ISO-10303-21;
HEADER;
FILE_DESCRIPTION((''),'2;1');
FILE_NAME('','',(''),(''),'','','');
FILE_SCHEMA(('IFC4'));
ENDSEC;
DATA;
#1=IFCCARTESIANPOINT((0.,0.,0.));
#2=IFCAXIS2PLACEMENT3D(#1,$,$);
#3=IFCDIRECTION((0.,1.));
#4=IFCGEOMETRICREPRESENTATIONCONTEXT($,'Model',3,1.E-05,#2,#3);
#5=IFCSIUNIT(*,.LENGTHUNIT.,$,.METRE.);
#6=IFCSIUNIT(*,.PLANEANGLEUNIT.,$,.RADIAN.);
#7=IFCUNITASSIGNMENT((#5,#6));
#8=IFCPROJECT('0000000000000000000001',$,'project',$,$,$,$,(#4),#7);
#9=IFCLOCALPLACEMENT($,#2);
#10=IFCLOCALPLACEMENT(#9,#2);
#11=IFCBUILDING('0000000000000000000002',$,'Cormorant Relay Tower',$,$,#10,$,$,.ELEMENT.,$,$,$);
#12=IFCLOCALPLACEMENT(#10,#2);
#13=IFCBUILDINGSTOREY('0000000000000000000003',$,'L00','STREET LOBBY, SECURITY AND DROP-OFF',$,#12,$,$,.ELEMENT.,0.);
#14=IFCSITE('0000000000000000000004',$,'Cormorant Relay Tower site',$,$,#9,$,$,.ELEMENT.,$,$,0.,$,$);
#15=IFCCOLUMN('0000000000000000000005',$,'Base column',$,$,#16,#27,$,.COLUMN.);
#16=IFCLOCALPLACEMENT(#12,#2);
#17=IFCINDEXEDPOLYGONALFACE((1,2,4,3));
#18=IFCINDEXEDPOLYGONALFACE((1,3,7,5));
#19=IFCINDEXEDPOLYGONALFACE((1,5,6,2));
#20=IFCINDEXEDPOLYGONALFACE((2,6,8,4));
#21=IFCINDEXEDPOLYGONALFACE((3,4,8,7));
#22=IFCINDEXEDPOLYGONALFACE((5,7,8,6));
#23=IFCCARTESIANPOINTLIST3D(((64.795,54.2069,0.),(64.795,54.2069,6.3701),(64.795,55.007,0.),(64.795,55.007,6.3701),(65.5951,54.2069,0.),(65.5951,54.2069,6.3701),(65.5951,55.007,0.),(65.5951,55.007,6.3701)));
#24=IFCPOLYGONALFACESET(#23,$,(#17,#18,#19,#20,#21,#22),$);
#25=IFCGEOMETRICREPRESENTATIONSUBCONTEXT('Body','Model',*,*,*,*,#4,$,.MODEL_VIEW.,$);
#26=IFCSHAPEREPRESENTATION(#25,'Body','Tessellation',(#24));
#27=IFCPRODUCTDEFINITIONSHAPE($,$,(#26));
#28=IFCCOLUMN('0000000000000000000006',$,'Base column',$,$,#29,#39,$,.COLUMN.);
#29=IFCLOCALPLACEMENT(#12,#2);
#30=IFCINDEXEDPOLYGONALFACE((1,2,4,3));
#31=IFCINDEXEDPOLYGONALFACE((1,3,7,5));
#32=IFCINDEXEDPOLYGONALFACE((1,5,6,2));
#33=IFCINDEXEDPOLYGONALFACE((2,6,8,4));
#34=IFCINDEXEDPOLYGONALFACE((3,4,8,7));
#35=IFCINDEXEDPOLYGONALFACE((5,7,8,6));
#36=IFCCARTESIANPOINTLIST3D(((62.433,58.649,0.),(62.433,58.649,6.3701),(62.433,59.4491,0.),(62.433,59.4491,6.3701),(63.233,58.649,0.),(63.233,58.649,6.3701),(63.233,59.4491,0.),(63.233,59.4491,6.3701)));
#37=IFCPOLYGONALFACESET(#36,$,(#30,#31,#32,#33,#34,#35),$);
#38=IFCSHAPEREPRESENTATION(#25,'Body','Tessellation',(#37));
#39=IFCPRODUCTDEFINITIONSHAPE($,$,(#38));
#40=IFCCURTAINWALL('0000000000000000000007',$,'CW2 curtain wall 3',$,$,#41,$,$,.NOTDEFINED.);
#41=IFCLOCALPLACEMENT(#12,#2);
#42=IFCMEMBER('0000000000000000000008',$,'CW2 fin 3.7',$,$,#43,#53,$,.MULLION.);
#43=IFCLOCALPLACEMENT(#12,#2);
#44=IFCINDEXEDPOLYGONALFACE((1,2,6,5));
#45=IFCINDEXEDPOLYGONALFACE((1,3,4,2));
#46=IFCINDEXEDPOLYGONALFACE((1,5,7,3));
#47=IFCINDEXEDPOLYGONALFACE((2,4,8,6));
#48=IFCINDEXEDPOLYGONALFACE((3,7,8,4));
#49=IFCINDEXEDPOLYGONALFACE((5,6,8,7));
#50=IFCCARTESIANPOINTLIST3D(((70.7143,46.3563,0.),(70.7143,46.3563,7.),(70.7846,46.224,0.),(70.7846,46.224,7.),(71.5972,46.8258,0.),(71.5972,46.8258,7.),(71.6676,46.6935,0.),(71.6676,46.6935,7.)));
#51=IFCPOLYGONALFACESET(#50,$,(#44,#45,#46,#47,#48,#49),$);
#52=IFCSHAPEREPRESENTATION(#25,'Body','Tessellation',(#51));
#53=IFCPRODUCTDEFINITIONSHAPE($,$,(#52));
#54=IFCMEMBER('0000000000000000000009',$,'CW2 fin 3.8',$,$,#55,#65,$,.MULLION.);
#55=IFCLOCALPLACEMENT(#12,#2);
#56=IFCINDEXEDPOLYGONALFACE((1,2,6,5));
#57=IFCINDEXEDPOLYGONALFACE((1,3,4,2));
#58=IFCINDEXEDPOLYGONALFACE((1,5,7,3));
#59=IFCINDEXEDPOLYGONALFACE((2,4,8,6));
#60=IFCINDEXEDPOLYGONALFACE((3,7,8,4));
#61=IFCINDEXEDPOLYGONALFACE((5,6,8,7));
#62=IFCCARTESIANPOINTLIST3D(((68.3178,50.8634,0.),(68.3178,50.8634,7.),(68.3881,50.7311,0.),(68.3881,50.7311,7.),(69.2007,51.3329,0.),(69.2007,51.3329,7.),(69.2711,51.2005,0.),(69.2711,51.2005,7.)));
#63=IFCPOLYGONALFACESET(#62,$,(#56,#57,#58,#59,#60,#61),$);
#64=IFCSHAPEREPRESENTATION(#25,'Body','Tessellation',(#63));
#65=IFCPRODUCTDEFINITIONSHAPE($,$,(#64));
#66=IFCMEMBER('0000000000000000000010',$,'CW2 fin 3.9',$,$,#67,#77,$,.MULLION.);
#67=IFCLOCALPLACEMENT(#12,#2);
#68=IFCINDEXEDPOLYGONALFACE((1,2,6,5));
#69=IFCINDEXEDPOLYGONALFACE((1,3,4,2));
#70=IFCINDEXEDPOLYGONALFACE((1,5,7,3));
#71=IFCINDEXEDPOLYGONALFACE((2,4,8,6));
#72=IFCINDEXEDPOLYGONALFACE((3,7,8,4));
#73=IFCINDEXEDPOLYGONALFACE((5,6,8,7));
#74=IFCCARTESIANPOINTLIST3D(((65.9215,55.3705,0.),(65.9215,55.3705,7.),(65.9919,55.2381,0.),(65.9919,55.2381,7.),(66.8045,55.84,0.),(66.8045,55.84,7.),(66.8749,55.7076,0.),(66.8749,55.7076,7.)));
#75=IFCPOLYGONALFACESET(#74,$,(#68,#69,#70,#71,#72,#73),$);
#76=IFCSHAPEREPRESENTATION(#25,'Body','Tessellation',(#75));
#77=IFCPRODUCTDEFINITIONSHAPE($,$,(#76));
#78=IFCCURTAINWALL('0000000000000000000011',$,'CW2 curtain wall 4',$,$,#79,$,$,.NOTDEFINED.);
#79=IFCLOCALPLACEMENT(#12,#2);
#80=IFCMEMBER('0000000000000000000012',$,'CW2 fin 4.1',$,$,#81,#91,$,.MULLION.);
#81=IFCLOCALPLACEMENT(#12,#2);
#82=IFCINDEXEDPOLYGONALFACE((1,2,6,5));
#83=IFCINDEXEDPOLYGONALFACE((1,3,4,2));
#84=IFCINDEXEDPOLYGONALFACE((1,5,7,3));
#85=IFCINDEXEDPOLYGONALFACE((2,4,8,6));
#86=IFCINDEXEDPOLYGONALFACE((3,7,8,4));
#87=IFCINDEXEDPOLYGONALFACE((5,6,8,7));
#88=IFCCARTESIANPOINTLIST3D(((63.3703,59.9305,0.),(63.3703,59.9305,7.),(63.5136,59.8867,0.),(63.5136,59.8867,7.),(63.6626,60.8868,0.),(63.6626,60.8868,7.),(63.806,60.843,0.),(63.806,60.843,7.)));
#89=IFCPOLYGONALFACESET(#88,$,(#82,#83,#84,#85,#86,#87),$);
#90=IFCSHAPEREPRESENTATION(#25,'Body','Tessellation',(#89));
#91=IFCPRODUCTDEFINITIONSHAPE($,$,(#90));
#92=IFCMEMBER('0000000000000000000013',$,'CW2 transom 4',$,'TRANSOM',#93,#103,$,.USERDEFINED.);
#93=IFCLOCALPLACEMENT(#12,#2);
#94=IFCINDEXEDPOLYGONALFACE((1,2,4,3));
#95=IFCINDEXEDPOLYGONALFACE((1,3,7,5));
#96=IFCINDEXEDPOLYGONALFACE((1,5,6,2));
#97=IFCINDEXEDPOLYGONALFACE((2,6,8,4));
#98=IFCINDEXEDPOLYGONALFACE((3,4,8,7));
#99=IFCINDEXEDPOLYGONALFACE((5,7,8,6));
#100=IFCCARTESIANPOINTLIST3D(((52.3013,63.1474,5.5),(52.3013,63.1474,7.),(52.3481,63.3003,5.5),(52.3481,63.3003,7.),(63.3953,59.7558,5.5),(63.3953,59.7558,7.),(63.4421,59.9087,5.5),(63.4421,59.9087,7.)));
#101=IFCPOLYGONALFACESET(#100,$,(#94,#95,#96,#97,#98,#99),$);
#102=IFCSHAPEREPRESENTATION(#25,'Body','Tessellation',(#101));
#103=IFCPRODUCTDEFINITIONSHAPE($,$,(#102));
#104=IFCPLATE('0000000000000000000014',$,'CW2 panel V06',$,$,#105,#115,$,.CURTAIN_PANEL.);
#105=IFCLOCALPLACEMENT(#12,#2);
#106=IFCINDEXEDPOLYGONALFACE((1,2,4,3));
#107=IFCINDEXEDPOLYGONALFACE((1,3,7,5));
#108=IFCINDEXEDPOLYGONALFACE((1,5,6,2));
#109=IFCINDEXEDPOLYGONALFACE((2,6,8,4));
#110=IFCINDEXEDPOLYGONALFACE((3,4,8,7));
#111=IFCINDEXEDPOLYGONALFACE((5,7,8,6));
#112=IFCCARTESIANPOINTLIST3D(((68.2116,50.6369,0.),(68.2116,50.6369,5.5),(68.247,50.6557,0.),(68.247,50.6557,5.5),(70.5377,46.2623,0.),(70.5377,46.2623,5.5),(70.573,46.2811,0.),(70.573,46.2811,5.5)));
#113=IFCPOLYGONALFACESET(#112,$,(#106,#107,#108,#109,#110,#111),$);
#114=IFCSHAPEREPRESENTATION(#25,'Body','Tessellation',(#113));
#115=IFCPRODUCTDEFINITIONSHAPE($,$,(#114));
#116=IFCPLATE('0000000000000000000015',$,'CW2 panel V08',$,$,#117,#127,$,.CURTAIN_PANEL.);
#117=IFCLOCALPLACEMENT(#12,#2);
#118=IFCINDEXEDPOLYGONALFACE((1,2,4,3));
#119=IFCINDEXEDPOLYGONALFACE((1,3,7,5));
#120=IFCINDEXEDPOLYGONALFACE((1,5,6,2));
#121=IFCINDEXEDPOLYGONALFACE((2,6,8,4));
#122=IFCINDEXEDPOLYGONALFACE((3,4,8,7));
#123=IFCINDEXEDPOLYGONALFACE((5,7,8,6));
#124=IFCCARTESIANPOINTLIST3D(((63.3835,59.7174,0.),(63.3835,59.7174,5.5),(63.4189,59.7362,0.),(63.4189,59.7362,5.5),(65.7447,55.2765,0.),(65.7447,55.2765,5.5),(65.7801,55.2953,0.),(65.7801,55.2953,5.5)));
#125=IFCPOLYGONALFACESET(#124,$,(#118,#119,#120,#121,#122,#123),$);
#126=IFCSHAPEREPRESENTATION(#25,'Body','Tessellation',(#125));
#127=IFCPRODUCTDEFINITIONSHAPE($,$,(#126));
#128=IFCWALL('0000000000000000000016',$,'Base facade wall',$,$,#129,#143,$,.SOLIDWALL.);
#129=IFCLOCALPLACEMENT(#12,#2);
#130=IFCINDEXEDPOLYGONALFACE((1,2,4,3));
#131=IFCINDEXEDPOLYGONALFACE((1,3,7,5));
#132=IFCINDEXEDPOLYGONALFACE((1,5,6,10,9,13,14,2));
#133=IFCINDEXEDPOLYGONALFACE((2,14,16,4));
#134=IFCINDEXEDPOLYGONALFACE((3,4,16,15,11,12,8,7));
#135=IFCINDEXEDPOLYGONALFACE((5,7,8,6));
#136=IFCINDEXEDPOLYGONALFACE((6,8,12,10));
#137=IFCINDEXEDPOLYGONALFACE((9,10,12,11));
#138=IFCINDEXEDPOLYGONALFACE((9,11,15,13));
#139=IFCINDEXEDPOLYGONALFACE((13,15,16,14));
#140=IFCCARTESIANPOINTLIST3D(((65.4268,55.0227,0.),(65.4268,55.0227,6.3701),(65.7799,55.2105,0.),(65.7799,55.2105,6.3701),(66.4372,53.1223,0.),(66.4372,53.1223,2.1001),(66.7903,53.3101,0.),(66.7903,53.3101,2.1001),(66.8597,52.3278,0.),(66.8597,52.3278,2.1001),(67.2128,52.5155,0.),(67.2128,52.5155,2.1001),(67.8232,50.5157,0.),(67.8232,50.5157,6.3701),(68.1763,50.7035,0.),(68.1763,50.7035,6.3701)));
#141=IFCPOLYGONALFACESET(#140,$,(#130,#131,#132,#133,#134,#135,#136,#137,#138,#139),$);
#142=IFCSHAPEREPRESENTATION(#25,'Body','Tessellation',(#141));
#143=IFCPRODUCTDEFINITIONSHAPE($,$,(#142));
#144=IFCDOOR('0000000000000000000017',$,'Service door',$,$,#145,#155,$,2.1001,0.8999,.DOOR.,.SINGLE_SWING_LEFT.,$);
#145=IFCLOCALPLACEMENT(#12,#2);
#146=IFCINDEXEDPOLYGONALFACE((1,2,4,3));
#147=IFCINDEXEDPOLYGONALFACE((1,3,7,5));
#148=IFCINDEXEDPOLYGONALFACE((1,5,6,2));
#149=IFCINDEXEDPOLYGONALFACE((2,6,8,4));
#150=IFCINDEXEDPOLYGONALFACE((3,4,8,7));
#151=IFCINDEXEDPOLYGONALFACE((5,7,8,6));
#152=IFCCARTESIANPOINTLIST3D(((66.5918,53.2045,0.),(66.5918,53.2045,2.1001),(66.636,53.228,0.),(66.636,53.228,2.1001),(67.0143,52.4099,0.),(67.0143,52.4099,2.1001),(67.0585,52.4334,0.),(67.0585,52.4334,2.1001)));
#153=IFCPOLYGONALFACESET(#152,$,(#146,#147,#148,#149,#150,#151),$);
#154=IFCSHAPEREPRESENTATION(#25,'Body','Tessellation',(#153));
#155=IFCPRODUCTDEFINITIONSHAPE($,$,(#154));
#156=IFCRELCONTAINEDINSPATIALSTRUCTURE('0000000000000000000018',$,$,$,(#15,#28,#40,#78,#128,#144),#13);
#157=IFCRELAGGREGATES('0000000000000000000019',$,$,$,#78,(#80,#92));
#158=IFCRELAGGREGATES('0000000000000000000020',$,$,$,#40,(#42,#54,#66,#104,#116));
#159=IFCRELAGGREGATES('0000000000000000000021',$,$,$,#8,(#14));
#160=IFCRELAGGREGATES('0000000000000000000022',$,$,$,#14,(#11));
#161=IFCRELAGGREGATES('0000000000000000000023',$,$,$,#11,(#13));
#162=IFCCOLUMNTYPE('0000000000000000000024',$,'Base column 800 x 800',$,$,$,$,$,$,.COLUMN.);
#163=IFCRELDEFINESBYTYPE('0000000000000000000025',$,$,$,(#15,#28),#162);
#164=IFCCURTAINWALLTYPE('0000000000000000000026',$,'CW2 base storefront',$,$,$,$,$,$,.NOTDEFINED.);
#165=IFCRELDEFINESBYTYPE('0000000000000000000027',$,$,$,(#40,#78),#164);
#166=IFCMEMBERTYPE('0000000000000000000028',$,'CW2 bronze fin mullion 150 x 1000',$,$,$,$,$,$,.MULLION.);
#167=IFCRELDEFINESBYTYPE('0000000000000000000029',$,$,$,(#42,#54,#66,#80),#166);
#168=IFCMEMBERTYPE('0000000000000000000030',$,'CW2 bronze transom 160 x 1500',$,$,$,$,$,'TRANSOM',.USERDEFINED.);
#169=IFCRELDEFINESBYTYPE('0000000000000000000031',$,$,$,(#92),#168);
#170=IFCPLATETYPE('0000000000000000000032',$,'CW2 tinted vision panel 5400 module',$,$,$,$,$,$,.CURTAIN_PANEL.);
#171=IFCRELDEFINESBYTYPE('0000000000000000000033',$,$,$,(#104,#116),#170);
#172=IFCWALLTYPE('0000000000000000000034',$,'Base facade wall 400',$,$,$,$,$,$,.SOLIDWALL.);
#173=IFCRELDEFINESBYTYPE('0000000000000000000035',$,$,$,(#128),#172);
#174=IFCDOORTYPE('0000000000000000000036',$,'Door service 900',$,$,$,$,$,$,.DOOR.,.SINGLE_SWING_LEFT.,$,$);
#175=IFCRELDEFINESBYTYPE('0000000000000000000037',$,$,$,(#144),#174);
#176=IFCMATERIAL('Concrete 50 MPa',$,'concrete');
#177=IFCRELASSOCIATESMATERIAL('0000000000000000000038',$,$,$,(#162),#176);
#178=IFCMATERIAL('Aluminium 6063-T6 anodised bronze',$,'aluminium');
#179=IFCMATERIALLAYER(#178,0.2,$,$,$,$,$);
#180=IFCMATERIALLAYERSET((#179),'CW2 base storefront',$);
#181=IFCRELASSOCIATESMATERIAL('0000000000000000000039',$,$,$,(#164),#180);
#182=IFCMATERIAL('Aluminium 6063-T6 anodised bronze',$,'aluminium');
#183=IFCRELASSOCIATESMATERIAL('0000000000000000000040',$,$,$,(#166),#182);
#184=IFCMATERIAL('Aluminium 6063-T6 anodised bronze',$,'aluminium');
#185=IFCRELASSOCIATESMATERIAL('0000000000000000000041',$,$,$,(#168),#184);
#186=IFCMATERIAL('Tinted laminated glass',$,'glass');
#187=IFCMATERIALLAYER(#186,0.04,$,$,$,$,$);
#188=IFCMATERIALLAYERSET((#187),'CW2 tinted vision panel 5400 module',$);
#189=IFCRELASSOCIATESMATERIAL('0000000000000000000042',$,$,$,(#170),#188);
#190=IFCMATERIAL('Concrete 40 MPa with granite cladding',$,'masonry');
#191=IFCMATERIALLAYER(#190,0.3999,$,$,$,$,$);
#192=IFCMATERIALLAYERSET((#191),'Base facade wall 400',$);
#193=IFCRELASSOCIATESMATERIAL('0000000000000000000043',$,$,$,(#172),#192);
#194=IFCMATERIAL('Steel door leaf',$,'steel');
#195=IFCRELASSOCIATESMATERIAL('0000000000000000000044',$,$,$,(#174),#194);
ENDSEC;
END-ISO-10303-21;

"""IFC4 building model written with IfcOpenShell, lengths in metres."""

from ifc_helpers import new_model, si_unit, direction, frame, frame_2d, origin, origin_2d, place, context, subcontext, project, spatial, rectangle, extrude, material, layer, layer_set, material_profile, profile_set, type_object, element, fill, aggregate, save


model = new_model("IFC4")

# Units and contexts
model_context = context("Model", 3, precision=1e-05, world=origin(), true_north=direction((0.0, 1.0)))
body_context = subcontext(model_context, "Body", "Model", "MODEL_VIEW")
ifc_project = project(units=[si_unit("LENGTHUNIT", "METRE"), si_unit("PLANEANGLEUNIT", "RADIAN")], contexts=[model_context])

# Site, building, storey
site_placement = place(None, origin())
site = spatial("IfcSite", under=ifc_project, at=site_placement, Name="Cormorant Relay Tower site", CompositionType="ELEMENT", RefElevation=0.0)
building_placement = place(site_placement, origin())
building = spatial("IfcBuilding", under=site, at=building_placement, Name="Cormorant Relay Tower", CompositionType="ELEMENT")
storey_placement = place(building_placement, origin())
storey = spatial("IfcBuildingStorey", under=building, at=storey_placement, Name="L00", Description="STREET LOBBY, SECURITY AND DROP-OFF", CompositionType="ELEMENT", Elevation=0.0)

# Columns
ifc_material_1 = material(Name="Concrete 50 MPa", Category="concrete")
ifc_material_profile_1 = material_profile(ifc_material_1, rectangle(XDim=0.8, YDim=0.8, at=origin_2d()), Name="RC 800x800")
ifc_profile_set_1 = profile_set([ifc_material_profile_1], Name="Concrete 50 MPa")
column_type = type_object("IfcColumnType", Name="Base column 800 x 800", PredefinedType="COLUMN", material=ifc_profile_set_1)
for number, where, z_axis, x_axis, name in (
    (1, (65.1951, 54.6069, 0.0), (0.0, 0.0, 1.0), (1.0, 0.0, 0.0), "Base column"),
    (2, (62.833, 59.0491, 0.0), (0.0, 0.0, 1.0), (1.0, 0.0, 0.0), "Base column"),
):
    element("IfcColumn", number, at=place(storey_placement, frame(where, z_axis=z_axis, x_axis=x_axis)), inside=storey, type_object=column_type, Name=name, PredefinedType="COLUMN", context=body_context, shape_type="SweptSolid", body=[
        extrude(rectangle(XDim=0.8, YDim=0.8, at=origin_2d()), origin(), (0.0, 0.0, 1.0), 6.3701),
    ])

# Curtain walls, members
ifc_material_2 = material(Name="Aluminium 6063-T6 anodised bronze", Category="aluminium")
ifc_layer_1 = layer(ifc_material_2, 0.2)
ifc_layer_set_1 = layer_set([ifc_layer_1], Name="CW2 base storefront")
curtain_wall_type = type_object("IfcCurtainWallType", Name="CW2 base storefront", PredefinedType="NOTDEFINED", material=ifc_layer_set_1)
curtain_wall_1_placement = place(storey_placement, origin())
curtain_wall_1 = element("IfcCurtainWall", 3, at=curtain_wall_1_placement, inside=storey, type_object=curtain_wall_type, Name="CW2 curtain wall 3", PredefinedType="NOTDEFINED")
ifc_material_3 = material(Name="Aluminium 6063-T6 anodised bronze", Category="aluminium")
ifc_material_profile_2 = material_profile(ifc_material_3, rectangle(XDim=0.1499, YDim=1.0, at=origin_2d()), Name="AL 150x1000")
ifc_profile_set_2 = profile_set([ifc_material_profile_2], Name="Aluminium 6063-T6 anodised bronze")
member_type_1 = type_object("IfcMemberType", Name="CW2 bronze fin mullion 150 x 1000", PredefinedType="MULLION", material=ifc_profile_set_2)
member_1_placement = place(storey_placement, frame((71.1909, 46.5249, 0.0), z_axis=(0.0, 0.0, 1.0), x_axis=(-0.469472, 0.882948, 0.0)))
member_1 = element("IfcMember", 4, at=member_1_placement, type_object=member_type_1, Name="CW2 fin 3.7", PredefinedType="MULLION", context=body_context, shape_type="SweptSolid", body=[
    extrude(rectangle(XDim=0.1499, YDim=1.0, at=origin_2d()), origin(), (0.0, 0.0, 1.0), 7.0),
])
member_2_placement = place(storey_placement, frame((68.7944, 51.032, 0.0), z_axis=(0.0, 0.0, 1.0), x_axis=(-0.469472, 0.882948, 0.0)))
member_2 = element("IfcMember", 5, at=member_2_placement, type_object=member_type_1, Name="CW2 fin 3.8", PredefinedType="MULLION", context=body_context, shape_type="SweptSolid", body=[
    extrude(rectangle(XDim=0.1499, YDim=1.0, at=origin_2d()), origin(), (0.0, 0.0, 1.0), 7.0),
])
member_3_placement = place(storey_placement, frame((66.3982, 55.5391, 0.0), z_axis=(0.0, 0.0, 1.0), x_axis=(-0.469472, 0.882948, 0.0)))
member_3 = element("IfcMember", 6, at=member_3_placement, type_object=member_type_1, Name="CW2 fin 3.9", PredefinedType="MULLION", context=body_context, shape_type="SweptSolid", body=[
    extrude(rectangle(XDim=0.1499, YDim=1.0, at=origin_2d()), origin(), (0.0, 0.0, 1.0), 7.0),
])
curtain_wall_2_placement = place(storey_placement, origin())
curtain_wall_2 = element("IfcCurtainWall", 7, at=curtain_wall_2_placement, inside=storey, type_object=curtain_wall_type, Name="CW2 curtain wall 4", PredefinedType="NOTDEFINED")
member_4_placement = place(storey_placement, frame((63.5881, 60.3867, 0.0), z_axis=(0.0, 0.0, 1.0), x_axis=(-0.956305, 0.292372, 0.0)))
member_4 = element("IfcMember", 8, at=member_4_placement, type_object=member_type_1, Name="CW2 fin 4.1", PredefinedType="MULLION", context=body_context, shape_type="SweptSolid", body=[
    extrude(rectangle(XDim=0.1499, YDim=1.0, at=origin_2d()), origin(), (0.0, 0.0, 1.0), 7.0),
])
ifc_material_4 = material(Name="Aluminium 6063-T6 anodised bronze", Category="aluminium")
ifc_material_profile_3 = material_profile(ifc_material_4, rectangle(XDim=0.1599, YDim=1.5, at=origin_2d()), Name="AL 160x1500")
ifc_profile_set_3 = profile_set([ifc_material_profile_3], Name="Aluminium 6063-T6 anodised bronze")
member_type_2 = type_object("IfcMemberType", Name="CW2 bronze transom 160 x 1500", ElementType="TRANSOM", PredefinedType="USERDEFINED", material=ifc_profile_set_3)
member_5_placement = place(storey_placement, frame((63.4187, 59.8323, 6.25), z_axis=(-0.956309, 0.292358, 0.0), x_axis=(-0.292358, -0.956309, 0.0)))
member_5 = element("IfcMember", 9, at=member_5_placement, type_object=member_type_2, Name="CW2 transom 4", ObjectType="TRANSOM", PredefinedType="USERDEFINED", context=body_context, shape_type="SweptSolid", body=[
    extrude(rectangle(XDim=0.1599, YDim=1.5, at=origin_2d()), origin(), (0.0, 0.0, 1.0), 11.6008),
])
aggregate(curtain_wall_2, [member_4, member_5])

# Plates
ifc_material_5 = material(Name="Tinted laminated glass", Category="glass")
ifc_layer_2 = layer(ifc_material_5, 0.04)
ifc_layer_set_2 = layer_set([ifc_layer_2], Name="CW2 tinted vision panel 5400 module")
plate_type = type_object("IfcPlateType", Name="CW2 tinted vision panel 5400 module", PredefinedType="CURTAIN_PANEL", material=ifc_layer_set_2)
plate_1_placement = place(storey_placement, frame((69.3923, 48.459, 0.0), z_axis=(0.0, 0.0, 1.0), x_axis=(-0.469472, 0.882948, 0.0)))
plate_1 = element("IfcPlate", 10, at=plate_1_placement, type_object=plate_type, Name="CW2 panel V06", PredefinedType="CURTAIN_PANEL", context=body_context, shape_type="SweptSolid", body=[
    extrude(rectangle(XDim=4.9546, YDim=0.04, at=origin_2d()), origin(), (0.0, 0.0, 1.0), 5.5),
])
plate_2_placement = place(storey_placement, frame((64.5818, 57.5063, 0.0), z_axis=(0.0, 0.0, 1.0), x_axis=(-0.469472, 0.882948, 0.0)))
plate_2 = element("IfcPlate", 11, at=plate_2_placement, type_object=plate_type, Name="CW2 panel V08", PredefinedType="CURTAIN_PANEL", context=body_context, shape_type="SweptSolid", body=[
    extrude(rectangle(XDim=5.0295, YDim=0.04, at=origin_2d()), origin(), (0.0, 0.0, 1.0), 5.5),
])
aggregate(curtain_wall_1, [member_1, member_2, member_3, plate_1, plate_2])

# Wall, opening, door
ifc_material_6 = material(Name="Concrete 40 MPa with granite cladding", Category="masonry")
ifc_layer_3 = layer(ifc_material_6, 0.3999)
ifc_layer_set_3 = layer_set([ifc_layer_3], Name="Base facade wall 400")
wall_type_1 = type_object("IfcWallType", Name="Base facade wall 400", PredefinedType="SOLIDWALL", material=ifc_layer_set_3)
wall_1_placement = place(storey_placement, frame((67.9998, 50.6096, 0.0), z_axis=(0.0, 0.0, 1.0), x_axis=(-0.469476, 0.882945, 0.0)))
wall_1 = element("IfcWall", 12, at=wall_1_placement, inside=storey, type_object=wall_type_1, Name="Base facade wall", PredefinedType="SOLIDWALL", context=body_context, shape_type="SweptSolid", body=[
    extrude(rectangle(XDim=5.1045, YDim=0.3999, at=frame_2d((2.5522, 0.0))), origin(), (0.0, 0.0, 1.0), 6.3701),
])
opening_1_placement = place(wall_1_placement, frame((2.0522, 0.0, 0.0)))
opening_1 = element("IfcOpeningElement", 13, at=opening_1_placement, cuts=wall_1, PredefinedType="OPENING", context=body_context, shape_type="SweptSolid", body=[
    extrude(rectangle(XDim=0.8999, YDim=2.1001, at=frame_2d((0.45, 1.05))), frame((0.0, 0.21, 0.0), z_axis=(0.0, -1.0, 0.0), x_axis=(1.0, 0.0, 0.0)), (0.0, 0.0, 1.0), 0.4199),
])
ifc_material_7 = material(Name="Steel door leaf", Category="steel")
door_type = type_object("IfcDoorType", Name="Door service 900", OperationType="SINGLE_SWING_LEFT", PredefinedType="DOOR", material=ifc_material_7)
door_1_placement = place(opening_1_placement, origin())
door_1 = element("IfcDoor", 14, at=door_1_placement, inside=storey, type_object=door_type, Name="Service door", OperationType="SINGLE_SWING_LEFT", OverallHeight=2.1001, OverallWidth=0.8999, PredefinedType="DOOR", context=body_context, shape_type="SweptSolid", body=[
    extrude(rectangle(XDim=0.8999, YDim=2.1001, at=frame_2d((0.45, 1.05))), frame((0.0, 0.0249, 0.0), z_axis=(0.0, -1.0, 0.0), x_axis=(1.0, 0.0, 0.0)), (0.0, 0.0, 1.0), 0.05),
])
fill(opening_1, door_1)

save(model, "model.ifc")
